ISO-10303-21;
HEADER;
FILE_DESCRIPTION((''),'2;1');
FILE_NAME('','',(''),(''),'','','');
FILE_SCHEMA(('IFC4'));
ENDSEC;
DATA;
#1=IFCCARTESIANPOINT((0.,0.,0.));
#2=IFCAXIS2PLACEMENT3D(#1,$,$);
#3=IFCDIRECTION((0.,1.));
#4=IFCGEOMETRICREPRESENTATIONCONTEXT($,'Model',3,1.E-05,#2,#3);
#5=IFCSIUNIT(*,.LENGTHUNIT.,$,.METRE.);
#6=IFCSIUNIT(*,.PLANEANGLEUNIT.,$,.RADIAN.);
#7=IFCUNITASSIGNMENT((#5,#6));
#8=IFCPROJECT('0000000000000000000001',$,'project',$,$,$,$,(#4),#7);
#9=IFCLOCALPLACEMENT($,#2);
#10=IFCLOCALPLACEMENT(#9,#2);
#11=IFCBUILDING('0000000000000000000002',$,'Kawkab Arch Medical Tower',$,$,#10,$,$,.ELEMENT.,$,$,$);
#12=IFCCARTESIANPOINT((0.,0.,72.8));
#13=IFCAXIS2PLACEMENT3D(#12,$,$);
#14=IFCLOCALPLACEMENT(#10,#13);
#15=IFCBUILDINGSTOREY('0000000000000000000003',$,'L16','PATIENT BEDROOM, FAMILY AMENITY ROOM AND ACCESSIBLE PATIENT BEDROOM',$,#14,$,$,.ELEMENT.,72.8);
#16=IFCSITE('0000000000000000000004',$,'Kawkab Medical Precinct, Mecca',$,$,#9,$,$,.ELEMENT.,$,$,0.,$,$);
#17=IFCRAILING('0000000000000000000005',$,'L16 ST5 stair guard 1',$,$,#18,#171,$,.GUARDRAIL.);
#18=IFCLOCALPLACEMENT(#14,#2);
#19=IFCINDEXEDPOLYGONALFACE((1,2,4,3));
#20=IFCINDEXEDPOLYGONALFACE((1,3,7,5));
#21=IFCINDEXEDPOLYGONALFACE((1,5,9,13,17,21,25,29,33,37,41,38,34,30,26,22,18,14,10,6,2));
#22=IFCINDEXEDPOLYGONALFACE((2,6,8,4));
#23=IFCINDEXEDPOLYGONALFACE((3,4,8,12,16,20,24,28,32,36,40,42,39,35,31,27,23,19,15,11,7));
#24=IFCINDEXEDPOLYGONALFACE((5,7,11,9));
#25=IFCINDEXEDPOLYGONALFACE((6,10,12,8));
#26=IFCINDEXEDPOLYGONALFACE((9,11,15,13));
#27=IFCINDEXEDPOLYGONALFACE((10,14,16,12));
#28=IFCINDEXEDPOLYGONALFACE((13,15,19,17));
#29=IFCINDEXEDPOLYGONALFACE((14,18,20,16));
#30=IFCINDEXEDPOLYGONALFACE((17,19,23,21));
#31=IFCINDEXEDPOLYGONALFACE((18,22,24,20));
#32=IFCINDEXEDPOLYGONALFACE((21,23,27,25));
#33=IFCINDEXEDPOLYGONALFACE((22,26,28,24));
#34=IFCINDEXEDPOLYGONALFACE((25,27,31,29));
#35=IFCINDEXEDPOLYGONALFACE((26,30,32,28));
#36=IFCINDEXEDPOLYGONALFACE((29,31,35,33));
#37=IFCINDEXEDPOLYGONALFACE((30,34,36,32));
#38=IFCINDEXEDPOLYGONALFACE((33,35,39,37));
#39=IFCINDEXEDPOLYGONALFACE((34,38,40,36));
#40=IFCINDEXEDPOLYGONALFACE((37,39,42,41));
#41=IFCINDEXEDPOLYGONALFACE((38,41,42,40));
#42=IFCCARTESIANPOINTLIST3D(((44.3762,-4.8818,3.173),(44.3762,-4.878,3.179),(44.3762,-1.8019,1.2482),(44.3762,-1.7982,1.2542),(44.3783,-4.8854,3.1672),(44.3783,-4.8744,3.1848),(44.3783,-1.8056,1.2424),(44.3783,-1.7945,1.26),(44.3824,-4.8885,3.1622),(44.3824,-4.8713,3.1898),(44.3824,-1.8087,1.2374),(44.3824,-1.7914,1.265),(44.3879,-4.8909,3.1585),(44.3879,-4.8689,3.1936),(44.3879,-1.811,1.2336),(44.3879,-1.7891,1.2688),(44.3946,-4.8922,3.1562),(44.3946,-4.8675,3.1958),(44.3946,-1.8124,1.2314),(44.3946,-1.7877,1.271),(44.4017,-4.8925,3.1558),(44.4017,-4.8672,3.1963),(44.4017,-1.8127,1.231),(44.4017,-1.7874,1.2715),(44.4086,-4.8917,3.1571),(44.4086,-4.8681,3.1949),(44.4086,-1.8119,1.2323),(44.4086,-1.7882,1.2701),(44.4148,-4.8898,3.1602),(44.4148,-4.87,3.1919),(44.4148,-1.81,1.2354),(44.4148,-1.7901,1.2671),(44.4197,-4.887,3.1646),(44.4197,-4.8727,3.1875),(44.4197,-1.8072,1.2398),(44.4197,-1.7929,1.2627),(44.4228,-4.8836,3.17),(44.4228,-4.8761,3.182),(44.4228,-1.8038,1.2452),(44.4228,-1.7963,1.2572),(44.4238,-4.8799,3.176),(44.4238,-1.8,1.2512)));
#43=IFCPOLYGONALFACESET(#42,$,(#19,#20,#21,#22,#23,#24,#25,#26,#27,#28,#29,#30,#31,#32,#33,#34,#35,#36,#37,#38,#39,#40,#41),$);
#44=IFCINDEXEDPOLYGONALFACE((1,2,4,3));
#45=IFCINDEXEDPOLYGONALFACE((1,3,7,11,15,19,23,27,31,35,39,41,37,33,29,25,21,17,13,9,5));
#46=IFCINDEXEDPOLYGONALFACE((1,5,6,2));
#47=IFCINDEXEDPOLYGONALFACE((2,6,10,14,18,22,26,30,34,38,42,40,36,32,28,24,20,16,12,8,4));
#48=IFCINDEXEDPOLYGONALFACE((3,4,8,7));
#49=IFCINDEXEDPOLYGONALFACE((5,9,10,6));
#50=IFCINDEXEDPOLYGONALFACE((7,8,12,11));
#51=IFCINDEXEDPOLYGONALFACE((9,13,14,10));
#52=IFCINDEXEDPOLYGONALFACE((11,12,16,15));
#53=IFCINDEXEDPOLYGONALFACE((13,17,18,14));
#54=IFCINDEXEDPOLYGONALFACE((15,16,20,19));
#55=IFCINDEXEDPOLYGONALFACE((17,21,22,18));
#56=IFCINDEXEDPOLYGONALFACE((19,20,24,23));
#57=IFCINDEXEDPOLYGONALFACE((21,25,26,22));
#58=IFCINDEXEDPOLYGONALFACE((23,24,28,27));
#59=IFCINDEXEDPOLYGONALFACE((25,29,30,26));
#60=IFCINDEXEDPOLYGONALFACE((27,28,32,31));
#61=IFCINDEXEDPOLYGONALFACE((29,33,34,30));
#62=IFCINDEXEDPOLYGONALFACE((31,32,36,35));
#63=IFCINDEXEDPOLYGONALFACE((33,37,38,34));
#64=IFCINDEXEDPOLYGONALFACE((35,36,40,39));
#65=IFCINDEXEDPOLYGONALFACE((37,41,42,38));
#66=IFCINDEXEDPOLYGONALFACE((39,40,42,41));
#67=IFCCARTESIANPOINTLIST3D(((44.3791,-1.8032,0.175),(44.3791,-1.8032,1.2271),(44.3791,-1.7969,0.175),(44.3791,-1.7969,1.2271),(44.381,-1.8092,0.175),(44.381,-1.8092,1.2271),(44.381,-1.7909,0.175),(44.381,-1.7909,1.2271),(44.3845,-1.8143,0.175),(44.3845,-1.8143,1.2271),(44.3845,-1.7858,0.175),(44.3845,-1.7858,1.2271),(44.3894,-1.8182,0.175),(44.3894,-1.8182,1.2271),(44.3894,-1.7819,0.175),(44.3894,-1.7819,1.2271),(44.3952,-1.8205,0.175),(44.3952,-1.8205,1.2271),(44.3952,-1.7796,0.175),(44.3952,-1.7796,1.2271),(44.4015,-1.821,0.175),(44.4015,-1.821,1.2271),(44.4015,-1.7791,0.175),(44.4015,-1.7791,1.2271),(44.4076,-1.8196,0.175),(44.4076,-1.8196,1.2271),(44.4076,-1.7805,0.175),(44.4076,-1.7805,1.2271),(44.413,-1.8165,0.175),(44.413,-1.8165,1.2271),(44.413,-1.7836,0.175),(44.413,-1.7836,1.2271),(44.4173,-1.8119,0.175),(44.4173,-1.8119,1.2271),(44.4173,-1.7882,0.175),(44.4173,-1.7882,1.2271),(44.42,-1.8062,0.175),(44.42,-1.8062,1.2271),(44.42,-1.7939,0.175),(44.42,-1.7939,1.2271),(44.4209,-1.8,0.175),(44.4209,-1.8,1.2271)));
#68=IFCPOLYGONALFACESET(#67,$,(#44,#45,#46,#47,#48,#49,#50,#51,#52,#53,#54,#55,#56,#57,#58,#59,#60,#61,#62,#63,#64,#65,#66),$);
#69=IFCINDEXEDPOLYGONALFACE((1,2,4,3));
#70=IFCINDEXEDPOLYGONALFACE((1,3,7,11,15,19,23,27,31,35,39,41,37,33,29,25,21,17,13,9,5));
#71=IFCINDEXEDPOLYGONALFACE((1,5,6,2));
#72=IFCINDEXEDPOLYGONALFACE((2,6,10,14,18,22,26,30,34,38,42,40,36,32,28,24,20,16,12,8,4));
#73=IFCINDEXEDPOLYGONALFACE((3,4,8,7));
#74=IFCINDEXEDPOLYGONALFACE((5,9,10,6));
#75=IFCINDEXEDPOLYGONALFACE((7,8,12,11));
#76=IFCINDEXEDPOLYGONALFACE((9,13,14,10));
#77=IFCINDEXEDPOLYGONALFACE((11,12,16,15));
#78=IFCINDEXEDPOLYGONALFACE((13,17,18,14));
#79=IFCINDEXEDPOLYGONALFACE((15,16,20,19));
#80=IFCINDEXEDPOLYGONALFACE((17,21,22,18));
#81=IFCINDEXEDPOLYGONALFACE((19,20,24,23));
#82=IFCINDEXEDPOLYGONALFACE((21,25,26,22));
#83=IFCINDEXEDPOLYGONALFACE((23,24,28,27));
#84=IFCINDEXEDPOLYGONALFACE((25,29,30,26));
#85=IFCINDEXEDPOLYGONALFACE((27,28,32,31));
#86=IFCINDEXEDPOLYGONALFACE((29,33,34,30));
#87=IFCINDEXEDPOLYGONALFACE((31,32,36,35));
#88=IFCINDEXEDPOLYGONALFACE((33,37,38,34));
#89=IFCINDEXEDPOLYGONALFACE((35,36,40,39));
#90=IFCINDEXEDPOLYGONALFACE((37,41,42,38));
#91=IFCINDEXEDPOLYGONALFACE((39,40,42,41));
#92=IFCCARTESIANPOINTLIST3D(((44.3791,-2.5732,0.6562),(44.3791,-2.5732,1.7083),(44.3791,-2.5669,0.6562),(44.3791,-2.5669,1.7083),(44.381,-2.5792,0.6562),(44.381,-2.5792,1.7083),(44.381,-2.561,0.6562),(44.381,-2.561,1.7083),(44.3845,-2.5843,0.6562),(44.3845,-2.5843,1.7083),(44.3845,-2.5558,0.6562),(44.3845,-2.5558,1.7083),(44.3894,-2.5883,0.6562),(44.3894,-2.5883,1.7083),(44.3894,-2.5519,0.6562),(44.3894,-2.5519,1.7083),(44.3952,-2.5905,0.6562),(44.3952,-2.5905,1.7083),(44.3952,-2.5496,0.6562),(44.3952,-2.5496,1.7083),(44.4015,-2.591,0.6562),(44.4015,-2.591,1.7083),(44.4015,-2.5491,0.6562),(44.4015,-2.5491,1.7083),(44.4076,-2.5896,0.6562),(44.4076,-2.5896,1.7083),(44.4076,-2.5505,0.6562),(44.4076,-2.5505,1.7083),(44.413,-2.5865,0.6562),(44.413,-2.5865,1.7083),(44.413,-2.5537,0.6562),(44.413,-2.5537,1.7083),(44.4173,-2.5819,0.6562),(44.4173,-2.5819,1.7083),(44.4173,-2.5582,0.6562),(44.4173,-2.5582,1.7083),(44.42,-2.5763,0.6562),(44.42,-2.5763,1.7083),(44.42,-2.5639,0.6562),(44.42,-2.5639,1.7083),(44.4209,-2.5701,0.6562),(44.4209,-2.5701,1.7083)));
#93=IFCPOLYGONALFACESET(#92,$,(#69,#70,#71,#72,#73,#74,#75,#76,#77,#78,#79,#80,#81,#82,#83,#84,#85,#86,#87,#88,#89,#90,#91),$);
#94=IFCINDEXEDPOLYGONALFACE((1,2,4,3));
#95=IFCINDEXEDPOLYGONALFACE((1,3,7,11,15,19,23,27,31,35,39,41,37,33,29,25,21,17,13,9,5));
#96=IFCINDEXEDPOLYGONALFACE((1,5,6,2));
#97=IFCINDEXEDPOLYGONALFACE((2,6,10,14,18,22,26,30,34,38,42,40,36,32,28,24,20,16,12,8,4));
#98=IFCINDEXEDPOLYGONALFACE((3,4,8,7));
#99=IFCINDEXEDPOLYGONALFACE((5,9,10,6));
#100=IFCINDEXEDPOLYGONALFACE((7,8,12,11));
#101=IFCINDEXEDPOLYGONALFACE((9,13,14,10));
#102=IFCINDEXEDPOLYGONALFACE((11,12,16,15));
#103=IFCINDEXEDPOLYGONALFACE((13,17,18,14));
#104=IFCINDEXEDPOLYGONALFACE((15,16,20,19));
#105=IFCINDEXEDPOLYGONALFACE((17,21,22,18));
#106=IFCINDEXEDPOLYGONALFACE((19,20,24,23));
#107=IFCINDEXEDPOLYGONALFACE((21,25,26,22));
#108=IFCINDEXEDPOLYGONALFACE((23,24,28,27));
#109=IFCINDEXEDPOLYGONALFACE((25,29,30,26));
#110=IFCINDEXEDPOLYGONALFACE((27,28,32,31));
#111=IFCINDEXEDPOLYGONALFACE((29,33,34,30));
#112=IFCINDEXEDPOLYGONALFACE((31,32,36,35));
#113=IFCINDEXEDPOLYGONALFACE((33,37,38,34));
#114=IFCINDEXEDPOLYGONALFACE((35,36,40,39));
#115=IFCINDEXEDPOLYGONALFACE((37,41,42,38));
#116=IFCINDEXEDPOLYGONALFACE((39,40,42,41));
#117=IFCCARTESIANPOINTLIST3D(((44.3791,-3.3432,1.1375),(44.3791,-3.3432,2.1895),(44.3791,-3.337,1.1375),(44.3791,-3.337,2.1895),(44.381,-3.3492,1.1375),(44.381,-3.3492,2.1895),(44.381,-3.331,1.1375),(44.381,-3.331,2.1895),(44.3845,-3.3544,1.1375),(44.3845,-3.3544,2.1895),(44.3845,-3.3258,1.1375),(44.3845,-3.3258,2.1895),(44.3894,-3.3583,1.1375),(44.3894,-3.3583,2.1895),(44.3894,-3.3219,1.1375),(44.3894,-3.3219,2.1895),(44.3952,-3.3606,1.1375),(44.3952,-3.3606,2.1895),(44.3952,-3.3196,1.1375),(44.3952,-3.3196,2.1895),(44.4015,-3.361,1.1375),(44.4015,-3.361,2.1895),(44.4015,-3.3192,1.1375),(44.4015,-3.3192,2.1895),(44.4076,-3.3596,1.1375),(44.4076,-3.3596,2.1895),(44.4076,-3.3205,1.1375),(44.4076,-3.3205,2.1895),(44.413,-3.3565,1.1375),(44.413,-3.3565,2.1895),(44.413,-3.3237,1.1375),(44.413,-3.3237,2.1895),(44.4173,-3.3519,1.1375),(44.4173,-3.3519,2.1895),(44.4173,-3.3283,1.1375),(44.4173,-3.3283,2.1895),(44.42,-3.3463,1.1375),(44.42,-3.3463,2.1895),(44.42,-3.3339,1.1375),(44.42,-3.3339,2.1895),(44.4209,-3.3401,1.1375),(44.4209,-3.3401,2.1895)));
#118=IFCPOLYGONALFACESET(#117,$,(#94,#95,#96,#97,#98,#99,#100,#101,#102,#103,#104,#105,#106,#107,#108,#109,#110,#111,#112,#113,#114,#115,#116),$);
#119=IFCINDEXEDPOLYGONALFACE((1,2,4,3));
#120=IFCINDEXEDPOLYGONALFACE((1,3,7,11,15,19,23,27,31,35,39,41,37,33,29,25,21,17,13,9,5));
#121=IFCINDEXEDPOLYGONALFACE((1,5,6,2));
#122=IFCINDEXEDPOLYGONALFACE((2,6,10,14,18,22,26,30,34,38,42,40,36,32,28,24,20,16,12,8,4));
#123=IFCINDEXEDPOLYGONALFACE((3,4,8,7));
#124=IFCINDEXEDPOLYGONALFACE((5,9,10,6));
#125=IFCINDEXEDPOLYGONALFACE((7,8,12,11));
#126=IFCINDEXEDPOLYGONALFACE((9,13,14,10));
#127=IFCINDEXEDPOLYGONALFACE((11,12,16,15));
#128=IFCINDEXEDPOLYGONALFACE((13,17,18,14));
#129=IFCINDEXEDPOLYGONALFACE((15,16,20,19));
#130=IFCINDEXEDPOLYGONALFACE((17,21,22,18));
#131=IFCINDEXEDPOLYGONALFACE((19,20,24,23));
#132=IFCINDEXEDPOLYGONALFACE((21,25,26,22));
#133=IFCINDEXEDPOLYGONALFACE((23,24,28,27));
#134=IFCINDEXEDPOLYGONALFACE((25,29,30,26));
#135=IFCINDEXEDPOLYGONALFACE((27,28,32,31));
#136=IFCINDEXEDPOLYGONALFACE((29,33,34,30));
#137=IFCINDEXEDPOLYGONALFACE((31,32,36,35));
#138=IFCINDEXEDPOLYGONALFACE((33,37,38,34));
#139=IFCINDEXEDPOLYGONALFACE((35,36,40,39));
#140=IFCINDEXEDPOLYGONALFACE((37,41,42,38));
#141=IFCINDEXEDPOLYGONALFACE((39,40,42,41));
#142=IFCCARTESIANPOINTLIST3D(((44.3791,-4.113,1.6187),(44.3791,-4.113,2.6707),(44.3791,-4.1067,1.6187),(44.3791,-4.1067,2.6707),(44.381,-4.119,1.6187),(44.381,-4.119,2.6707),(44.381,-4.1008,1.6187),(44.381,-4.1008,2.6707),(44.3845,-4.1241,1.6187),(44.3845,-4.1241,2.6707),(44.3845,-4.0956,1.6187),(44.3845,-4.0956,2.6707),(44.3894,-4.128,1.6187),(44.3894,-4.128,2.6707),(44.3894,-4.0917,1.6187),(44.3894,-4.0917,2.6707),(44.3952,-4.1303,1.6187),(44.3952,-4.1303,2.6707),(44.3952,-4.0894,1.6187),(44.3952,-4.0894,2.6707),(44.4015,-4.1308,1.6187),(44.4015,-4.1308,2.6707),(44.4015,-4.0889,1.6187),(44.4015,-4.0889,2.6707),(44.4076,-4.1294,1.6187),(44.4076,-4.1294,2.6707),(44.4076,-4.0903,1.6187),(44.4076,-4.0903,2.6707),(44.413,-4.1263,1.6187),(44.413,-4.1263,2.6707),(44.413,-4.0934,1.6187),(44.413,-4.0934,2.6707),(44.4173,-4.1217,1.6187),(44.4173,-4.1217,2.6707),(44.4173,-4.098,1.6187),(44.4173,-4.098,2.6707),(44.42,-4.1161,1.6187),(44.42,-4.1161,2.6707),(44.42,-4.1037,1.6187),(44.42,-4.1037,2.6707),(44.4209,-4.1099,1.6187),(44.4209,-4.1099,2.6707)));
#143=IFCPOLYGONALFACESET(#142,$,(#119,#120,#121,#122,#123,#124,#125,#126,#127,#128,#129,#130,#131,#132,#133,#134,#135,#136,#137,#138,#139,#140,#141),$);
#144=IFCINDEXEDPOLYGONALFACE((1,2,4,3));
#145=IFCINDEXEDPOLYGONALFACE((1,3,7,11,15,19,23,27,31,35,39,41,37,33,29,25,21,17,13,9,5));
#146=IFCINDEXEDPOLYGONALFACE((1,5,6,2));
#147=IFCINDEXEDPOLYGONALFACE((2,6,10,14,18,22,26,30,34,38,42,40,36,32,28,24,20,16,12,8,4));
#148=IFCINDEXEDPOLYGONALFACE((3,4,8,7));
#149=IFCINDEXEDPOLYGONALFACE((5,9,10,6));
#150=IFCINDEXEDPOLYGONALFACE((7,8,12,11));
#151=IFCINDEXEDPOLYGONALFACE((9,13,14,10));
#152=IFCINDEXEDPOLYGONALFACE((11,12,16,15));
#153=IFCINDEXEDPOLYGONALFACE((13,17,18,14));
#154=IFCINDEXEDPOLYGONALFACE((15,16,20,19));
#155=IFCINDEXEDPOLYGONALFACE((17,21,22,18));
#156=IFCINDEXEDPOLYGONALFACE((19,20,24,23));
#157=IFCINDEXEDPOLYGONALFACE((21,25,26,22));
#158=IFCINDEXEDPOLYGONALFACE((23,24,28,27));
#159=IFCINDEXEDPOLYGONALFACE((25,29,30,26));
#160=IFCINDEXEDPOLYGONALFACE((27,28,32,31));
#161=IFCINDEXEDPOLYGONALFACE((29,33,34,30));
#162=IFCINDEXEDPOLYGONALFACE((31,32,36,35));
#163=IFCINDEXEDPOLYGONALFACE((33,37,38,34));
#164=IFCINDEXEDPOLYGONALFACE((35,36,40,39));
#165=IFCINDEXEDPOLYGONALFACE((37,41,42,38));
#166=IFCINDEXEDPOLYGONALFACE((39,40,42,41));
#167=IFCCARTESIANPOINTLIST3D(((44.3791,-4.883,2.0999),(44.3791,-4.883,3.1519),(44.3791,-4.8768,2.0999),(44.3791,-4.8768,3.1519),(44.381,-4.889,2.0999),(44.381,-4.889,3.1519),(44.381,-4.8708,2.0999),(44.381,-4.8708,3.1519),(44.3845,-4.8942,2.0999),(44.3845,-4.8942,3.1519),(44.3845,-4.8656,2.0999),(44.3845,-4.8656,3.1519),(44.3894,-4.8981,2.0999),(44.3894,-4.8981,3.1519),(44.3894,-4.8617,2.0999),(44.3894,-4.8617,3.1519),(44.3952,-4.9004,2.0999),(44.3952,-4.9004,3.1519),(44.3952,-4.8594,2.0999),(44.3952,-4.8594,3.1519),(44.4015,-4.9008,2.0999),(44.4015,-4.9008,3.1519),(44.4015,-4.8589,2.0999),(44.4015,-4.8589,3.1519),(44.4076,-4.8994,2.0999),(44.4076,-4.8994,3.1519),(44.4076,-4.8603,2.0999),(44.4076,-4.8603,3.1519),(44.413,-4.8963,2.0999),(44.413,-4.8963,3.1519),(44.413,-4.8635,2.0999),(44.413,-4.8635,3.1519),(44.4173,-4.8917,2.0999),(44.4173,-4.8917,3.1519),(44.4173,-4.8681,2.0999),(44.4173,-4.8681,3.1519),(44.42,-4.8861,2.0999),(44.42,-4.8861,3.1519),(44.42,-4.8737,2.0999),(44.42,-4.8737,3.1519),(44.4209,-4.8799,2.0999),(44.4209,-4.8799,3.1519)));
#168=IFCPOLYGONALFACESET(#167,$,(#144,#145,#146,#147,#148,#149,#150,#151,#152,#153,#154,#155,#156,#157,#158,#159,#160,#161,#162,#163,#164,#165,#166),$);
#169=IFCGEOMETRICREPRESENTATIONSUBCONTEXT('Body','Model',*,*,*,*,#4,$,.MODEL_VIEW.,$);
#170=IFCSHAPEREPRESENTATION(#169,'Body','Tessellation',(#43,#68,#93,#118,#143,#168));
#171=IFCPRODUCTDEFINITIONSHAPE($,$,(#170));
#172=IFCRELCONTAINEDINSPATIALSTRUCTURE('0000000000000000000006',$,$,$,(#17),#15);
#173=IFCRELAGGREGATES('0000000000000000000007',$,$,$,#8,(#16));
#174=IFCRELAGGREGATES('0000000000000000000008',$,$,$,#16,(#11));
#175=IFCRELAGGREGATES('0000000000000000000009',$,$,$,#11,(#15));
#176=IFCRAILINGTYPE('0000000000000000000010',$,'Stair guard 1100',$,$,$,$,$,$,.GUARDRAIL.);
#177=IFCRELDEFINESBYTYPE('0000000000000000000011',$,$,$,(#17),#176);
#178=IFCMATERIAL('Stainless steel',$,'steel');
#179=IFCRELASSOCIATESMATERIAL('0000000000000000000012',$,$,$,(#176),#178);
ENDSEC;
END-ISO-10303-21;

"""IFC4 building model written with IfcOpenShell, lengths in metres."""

from ifc_helpers import new_model, si_unit, direction, frame, origin, origin_2d, place, context, subcontext, project, spatial, circle, extrude, material, type_object, element, save


model = new_model("IFC4")

# Units and contexts
model_context = context("Model", 3, precision=1e-05, world=origin(), true_north=direction((0.0, 1.0)))
body_context = subcontext(model_context, "Body", "Model", "MODEL_VIEW")
ifc_project = project(units=[si_unit("LENGTHUNIT", "METRE"), si_unit("PLANEANGLEUNIT", "RADIAN")], contexts=[model_context])

# Site, building, storey
site_placement = place(None, origin())
site = spatial("IfcSite", under=ifc_project, at=site_placement, Name="Kawkab Medical Precinct, Mecca", CompositionType="ELEMENT", RefElevation=0.0)
building_placement = place(site_placement, origin())
building = spatial("IfcBuilding", under=site, at=building_placement, Name="Kawkab Arch Medical Tower", CompositionType="ELEMENT")
storey_placement = place(building_placement, frame((0.0, 0.0, 72.8)))
storey = spatial("IfcBuildingStorey", under=building, at=storey_placement, Name="L16", Description="PATIENT BEDROOM, FAMILY AMENITY ROOM AND ACCESSIBLE PATIENT BEDROOM", CompositionType="ELEMENT", Elevation=72.8)

# Railing
ifc_material_1 = material(Name="Stainless steel", Category="steel")
railing_type_1 = type_object("IfcRailingType", Name="Stair guard 1100", PredefinedType="GUARDRAIL", material=ifc_material_1)
railing_1_placement = place(storey_placement, frame((44.3999, -1.8, 0.175)))
element("IfcRailing", 1, at=railing_1_placement, inside=storey, type_object=railing_type_1, Name="L16 ST5 stair guard 1", PredefinedType="GUARDRAIL", context=body_context, shape_type="SweptSolid", body=[
    extrude(circle(Radius=0.0239, at=origin_2d()), frame((0.0, 0.0, 1.0762), z_axis=(0.0, -0.84801, 0.529981), x_axis=(1.0, 0.0, 0.0)), (0.0, 0.0, 1.0), 3.6318),
    extrude(circle(Radius=0.021, at=origin_2d()), origin(), (0.0, 0.0, 1.0), 1.052),
    extrude(circle(Radius=0.021, at=origin_2d()), frame((0.0, -0.77, 0.4812)), (0.0, 0.0, 1.0), 1.052),
    extrude(circle(Radius=0.021, at=origin_2d()), frame((0.0, -1.54, 0.9624)), (0.0, 0.0, 1.0), 1.052),
    extrude(circle(Radius=0.021, at=origin_2d()), frame((0.0, -2.3098, 1.4436)), (0.0, 0.0, 1.0), 1.052),
    extrude(circle(Radius=0.021, at=origin_2d()), frame((0.0, -3.0798, 1.9248)), (0.0, 0.0, 1.0), 1.052),
])

save(model, "model.ifc")
